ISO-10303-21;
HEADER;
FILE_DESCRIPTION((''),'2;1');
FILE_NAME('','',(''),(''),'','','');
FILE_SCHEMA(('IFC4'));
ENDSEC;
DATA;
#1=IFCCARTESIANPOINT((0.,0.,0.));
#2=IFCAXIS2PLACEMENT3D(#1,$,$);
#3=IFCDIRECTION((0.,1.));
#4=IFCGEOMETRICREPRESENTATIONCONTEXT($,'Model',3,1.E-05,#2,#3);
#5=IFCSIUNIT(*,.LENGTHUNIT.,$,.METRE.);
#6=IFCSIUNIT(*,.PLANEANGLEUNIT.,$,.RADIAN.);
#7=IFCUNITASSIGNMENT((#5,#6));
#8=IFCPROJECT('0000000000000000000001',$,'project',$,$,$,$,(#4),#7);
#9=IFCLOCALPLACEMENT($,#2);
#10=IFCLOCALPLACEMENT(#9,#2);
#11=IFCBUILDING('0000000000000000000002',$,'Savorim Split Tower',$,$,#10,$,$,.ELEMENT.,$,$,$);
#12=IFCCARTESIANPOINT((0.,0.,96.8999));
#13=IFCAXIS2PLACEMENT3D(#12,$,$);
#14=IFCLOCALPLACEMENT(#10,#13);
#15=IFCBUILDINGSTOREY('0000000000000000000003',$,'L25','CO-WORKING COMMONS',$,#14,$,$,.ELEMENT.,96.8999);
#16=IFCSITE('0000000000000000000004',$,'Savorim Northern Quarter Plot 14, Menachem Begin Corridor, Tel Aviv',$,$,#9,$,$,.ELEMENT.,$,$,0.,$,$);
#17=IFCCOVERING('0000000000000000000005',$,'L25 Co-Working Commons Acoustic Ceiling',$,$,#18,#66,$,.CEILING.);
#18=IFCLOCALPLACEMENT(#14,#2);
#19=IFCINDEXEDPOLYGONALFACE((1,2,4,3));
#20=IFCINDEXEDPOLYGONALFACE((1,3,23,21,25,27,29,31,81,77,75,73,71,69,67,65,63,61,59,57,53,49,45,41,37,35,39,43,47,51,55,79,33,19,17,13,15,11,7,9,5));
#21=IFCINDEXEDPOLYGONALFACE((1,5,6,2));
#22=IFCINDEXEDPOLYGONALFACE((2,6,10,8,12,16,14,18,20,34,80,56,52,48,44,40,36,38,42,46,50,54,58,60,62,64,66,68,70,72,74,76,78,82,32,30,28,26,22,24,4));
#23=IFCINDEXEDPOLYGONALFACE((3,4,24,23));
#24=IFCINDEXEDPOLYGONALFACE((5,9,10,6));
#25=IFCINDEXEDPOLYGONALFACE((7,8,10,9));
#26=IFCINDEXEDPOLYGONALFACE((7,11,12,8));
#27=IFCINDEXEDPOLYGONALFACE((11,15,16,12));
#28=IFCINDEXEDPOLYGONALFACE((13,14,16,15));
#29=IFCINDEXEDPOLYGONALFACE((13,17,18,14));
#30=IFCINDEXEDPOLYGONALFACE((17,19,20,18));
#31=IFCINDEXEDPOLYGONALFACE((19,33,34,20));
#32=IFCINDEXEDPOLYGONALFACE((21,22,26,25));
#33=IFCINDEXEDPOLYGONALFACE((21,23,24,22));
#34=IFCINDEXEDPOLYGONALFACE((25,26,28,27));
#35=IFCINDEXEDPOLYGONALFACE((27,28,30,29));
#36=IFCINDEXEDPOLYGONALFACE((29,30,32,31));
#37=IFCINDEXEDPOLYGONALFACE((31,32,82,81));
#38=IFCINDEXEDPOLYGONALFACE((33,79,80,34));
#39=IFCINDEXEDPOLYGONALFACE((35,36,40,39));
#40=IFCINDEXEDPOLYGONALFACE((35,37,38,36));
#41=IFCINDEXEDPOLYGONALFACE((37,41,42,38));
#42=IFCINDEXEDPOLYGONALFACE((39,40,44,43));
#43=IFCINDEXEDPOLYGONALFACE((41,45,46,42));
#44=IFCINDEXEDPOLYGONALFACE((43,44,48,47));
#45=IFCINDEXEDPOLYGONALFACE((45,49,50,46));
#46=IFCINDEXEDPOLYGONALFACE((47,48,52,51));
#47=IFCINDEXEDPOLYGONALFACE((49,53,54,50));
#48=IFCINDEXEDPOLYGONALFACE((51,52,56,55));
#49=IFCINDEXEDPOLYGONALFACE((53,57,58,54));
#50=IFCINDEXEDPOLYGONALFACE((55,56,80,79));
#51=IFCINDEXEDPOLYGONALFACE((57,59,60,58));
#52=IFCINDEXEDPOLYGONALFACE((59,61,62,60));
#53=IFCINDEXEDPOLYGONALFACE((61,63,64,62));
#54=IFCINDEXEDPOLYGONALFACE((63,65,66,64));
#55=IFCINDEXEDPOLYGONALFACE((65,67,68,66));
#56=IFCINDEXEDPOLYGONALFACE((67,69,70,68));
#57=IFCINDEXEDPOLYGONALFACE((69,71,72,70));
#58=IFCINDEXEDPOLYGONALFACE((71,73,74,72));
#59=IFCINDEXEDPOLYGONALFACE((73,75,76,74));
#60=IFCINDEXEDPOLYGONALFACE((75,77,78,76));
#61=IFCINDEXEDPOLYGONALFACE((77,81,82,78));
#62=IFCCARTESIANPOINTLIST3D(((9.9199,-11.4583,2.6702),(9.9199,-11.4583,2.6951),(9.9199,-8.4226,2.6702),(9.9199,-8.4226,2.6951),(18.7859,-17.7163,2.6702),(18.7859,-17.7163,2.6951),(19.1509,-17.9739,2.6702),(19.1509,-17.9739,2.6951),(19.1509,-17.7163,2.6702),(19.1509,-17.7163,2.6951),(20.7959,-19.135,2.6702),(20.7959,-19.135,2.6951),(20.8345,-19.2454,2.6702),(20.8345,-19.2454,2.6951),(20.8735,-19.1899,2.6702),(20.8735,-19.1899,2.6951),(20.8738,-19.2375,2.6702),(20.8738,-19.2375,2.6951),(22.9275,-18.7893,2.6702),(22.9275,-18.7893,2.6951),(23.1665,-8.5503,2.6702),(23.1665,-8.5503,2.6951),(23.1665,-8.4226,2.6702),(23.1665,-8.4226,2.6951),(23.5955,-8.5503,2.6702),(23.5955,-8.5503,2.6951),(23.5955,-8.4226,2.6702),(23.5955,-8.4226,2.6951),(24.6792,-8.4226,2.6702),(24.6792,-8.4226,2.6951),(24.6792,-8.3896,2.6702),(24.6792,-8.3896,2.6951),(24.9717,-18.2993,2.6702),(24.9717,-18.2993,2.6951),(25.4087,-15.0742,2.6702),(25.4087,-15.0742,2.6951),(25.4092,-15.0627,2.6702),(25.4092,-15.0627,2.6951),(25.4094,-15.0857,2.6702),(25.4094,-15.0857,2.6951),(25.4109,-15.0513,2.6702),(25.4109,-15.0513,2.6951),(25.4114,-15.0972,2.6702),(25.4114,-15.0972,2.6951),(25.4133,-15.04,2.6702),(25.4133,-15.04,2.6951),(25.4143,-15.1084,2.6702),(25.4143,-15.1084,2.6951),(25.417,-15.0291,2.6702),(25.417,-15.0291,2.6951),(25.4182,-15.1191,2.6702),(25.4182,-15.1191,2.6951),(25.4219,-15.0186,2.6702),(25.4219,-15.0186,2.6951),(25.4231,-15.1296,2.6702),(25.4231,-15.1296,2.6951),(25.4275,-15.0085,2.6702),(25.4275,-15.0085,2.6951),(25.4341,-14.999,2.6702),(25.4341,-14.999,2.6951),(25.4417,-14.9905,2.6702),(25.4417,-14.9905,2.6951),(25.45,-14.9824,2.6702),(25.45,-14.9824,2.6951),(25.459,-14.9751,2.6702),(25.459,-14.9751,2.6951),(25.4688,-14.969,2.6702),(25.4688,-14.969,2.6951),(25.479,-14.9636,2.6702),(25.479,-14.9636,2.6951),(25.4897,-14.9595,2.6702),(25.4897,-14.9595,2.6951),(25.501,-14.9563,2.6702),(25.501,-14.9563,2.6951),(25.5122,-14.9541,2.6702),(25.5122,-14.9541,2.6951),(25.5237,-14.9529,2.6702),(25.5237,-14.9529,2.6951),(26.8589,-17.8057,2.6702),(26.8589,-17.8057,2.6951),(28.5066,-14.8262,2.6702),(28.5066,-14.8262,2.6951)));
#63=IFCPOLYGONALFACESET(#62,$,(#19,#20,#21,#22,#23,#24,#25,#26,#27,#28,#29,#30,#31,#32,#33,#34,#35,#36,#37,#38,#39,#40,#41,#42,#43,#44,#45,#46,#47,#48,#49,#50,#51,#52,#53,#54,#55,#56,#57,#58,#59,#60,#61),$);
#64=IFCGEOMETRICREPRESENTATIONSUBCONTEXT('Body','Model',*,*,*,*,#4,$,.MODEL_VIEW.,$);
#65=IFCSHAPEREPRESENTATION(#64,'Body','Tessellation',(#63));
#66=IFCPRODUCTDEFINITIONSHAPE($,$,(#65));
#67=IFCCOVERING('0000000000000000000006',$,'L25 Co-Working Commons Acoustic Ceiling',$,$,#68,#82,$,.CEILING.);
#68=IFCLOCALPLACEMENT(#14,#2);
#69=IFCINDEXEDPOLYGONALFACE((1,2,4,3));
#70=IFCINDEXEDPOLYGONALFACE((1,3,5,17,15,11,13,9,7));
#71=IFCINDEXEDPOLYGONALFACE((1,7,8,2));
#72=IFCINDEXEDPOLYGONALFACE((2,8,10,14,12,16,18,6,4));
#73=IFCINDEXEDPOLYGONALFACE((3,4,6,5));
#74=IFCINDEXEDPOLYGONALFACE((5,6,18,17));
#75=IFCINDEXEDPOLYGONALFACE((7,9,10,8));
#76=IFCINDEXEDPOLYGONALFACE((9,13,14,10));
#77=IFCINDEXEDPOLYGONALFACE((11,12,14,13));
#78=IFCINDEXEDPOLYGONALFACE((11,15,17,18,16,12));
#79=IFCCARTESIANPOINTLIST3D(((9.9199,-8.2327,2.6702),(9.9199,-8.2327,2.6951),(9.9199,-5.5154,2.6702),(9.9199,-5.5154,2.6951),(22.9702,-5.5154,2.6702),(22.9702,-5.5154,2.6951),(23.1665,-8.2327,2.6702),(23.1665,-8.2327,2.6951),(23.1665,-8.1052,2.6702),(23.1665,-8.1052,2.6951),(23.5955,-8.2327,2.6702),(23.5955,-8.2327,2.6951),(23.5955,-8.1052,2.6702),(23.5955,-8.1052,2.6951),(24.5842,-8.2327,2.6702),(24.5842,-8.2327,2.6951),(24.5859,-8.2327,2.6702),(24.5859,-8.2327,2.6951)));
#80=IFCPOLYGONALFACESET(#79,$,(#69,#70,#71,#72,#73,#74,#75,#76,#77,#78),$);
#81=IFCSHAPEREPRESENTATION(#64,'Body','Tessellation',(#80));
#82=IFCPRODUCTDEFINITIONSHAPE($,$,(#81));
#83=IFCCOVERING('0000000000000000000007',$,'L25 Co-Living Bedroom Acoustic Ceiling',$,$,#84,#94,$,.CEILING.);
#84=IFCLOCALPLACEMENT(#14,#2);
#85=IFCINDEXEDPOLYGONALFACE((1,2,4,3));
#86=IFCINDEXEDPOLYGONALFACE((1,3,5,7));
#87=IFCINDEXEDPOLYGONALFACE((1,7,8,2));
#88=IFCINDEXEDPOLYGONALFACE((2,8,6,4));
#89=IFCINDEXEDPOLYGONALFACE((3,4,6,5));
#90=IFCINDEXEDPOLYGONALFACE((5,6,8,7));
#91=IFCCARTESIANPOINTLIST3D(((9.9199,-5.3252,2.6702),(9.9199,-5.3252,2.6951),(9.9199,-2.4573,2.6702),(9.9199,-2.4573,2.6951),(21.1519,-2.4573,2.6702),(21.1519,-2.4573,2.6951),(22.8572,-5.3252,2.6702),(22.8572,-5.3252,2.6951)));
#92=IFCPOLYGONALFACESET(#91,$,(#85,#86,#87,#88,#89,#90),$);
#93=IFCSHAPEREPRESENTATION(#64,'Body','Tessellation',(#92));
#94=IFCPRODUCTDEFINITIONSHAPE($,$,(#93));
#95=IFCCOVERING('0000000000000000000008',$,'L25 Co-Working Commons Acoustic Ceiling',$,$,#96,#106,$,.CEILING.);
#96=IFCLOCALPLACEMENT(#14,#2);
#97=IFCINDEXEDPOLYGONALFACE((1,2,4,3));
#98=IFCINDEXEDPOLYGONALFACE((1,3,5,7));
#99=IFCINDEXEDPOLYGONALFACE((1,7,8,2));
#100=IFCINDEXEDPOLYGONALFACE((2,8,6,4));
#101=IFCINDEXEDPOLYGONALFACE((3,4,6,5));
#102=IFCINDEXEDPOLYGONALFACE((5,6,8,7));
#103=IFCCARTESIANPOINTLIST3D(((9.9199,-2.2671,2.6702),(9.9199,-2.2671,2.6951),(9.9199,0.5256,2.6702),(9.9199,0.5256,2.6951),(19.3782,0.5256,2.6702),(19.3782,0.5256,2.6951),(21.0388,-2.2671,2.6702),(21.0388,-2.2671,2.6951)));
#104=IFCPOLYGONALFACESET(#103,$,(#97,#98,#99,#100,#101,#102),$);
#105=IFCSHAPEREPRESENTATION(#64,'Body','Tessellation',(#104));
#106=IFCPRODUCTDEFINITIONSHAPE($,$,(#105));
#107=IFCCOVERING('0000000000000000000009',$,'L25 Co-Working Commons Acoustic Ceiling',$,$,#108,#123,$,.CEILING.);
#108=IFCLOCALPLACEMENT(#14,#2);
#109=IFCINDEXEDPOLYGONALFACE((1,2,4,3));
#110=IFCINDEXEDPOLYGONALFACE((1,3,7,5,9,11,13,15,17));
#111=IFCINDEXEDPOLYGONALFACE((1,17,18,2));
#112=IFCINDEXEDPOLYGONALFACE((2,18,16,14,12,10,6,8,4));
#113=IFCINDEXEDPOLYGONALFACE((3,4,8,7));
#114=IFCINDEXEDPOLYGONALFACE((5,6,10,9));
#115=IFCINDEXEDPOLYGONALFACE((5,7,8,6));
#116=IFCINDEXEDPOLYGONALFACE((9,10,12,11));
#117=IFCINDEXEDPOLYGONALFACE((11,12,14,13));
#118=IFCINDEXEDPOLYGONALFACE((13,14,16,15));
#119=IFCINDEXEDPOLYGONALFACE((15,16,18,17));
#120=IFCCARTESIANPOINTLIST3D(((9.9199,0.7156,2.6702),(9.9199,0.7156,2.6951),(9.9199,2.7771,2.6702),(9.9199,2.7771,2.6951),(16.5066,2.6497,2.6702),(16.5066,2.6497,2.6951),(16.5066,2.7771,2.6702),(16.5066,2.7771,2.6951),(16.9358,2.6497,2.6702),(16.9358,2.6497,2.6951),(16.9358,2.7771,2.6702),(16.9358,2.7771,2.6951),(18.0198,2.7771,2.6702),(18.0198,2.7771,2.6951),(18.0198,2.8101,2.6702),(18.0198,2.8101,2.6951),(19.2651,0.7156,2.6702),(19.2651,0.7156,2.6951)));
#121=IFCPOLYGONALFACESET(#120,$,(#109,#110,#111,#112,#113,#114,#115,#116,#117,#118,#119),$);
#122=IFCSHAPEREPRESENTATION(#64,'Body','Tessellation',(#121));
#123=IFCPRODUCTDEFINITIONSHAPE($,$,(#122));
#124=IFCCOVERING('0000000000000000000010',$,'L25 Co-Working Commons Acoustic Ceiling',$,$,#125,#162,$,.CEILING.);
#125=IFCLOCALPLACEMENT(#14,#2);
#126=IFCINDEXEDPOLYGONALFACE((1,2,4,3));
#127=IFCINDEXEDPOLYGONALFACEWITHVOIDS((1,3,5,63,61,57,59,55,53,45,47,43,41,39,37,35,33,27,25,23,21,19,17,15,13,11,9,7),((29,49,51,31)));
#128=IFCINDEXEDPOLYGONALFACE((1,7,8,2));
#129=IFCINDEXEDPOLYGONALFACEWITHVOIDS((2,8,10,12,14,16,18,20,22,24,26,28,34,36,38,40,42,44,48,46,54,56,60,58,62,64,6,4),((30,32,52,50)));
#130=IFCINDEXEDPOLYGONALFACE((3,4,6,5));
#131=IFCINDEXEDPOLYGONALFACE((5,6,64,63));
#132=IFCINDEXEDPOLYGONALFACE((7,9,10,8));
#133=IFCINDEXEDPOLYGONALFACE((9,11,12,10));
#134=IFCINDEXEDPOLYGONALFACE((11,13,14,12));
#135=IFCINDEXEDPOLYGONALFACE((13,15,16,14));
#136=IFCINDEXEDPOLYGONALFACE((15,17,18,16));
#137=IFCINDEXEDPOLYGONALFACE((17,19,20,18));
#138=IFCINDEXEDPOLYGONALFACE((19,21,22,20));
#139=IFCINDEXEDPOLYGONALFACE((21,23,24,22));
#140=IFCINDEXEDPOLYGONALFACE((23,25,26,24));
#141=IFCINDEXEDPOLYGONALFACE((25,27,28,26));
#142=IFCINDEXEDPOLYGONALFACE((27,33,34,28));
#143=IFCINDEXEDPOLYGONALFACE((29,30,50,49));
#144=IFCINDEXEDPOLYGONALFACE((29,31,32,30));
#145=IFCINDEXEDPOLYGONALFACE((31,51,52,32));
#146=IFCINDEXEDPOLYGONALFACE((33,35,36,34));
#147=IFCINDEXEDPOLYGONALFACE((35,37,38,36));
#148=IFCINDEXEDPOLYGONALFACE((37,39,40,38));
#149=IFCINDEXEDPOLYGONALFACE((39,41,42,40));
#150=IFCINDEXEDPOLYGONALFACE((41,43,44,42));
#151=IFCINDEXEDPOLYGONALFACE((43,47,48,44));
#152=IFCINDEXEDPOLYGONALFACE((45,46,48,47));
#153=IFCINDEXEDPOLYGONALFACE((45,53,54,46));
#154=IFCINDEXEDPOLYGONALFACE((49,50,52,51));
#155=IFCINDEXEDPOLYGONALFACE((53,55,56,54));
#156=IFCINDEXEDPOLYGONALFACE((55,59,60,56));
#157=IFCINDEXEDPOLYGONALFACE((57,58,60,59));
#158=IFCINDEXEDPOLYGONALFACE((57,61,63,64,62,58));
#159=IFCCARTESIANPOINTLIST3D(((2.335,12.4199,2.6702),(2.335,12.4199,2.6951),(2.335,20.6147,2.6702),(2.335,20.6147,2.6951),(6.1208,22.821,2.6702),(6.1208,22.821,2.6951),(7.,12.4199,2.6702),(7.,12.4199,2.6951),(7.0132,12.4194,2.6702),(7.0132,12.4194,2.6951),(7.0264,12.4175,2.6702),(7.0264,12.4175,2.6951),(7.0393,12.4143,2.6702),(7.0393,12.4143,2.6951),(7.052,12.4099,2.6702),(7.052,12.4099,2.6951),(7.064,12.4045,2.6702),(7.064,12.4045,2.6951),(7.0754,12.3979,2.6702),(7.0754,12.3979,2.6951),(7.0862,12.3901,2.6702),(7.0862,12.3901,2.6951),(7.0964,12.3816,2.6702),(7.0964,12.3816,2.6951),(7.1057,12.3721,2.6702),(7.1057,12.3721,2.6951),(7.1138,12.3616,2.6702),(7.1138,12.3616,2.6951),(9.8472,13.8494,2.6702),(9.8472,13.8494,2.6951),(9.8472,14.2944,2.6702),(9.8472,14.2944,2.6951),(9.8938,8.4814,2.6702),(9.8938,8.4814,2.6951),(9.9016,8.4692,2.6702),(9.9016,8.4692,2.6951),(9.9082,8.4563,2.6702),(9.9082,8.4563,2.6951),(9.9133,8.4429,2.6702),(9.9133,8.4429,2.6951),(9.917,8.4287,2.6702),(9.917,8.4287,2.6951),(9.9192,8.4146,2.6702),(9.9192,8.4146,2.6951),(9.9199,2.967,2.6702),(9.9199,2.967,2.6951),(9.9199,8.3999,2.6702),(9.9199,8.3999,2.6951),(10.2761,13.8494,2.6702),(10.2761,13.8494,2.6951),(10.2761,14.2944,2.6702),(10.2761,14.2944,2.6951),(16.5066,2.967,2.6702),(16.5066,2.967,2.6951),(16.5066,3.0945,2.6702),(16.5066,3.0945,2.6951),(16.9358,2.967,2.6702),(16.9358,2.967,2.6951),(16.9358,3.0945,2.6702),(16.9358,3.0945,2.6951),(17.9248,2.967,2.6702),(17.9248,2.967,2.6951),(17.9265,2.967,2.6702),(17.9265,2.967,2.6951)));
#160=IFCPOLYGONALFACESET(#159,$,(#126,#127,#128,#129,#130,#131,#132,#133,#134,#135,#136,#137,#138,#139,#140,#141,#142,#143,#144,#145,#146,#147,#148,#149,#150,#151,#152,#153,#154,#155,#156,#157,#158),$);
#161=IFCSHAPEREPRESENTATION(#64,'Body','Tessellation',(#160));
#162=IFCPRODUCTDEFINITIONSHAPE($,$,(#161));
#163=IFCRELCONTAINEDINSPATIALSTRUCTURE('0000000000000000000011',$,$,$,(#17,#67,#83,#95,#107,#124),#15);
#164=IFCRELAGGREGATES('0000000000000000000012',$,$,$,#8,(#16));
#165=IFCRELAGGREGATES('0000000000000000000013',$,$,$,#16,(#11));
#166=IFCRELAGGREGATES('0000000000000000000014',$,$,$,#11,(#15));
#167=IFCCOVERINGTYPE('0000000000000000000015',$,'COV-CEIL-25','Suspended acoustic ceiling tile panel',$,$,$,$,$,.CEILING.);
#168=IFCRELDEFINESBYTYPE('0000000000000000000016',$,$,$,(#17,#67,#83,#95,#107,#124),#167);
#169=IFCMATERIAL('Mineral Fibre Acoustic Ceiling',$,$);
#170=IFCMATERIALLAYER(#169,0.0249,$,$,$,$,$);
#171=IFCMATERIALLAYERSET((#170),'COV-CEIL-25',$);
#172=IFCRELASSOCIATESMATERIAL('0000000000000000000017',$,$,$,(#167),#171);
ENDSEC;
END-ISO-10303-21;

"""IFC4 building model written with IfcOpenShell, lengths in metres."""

from ifc_helpers import new_model, si_unit, direction, frame, origin, place, context, subcontext, project, spatial, polyline, outline, extrude, material, layer, layer_set, type_object, element, save


model = new_model("IFC4")

# Units and contexts
model_context = context("Model", 3, precision=1e-05, world=origin(), true_north=direction((0.0, 1.0)))
body_context = subcontext(model_context, "Body", "Model", "MODEL_VIEW")
ifc_project = project(units=[si_unit("LENGTHUNIT", "METRE"), si_unit("PLANEANGLEUNIT", "RADIAN")], contexts=[model_context])

# Site, building, storey
site_placement = place(None, origin())
site = spatial("IfcSite", under=ifc_project, at=site_placement, Name="Savorim Northern Quarter Plot 14, Menachem Begin Corridor, Tel Aviv", CompositionType="ELEMENT", RefElevation=0.0)
building_placement = place(site_placement, origin())
building = spatial("IfcBuilding", under=site, at=building_placement, Name="Savorim Split Tower", CompositionType="ELEMENT")
storey_placement = place(building_placement, frame((0.0, 0.0, 96.8999)))
storey = spatial("IfcBuildingStorey", under=building, at=storey_placement, Name="L25", Description="CO-WORKING COMMONS", CompositionType="ELEMENT", Elevation=96.8999)

# Coverings
ifc_material_1 = material(Name="Mineral Fibre Acoustic Ceiling")
ifc_layer_1 = layer(ifc_material_1, 0.0249)
ifc_layer_set_1 = layer_set([ifc_layer_1], Name="COV-CEIL-25")
covering_type_1 = type_object("IfcCoveringType", Name="COV-CEIL-25", Description="Suspended acoustic ceiling tile panel", PredefinedType="CEILING", material=ifc_layer_set_1)
covering_1_placement = place(storey_placement, frame((0.0, 0.0, 2.6702)))
element("IfcCovering", 1, at=covering_1_placement, inside=storey, type_object=covering_type_1, Name="L25 Co-Working Commons Acoustic Ceiling", PredefinedType="CEILING", context=body_context, shape_type="SweptSolid", body=[
    extrude(outline(polyline([(25.501, -14.9563), (25.5122, -14.9541), (25.5237, -14.9529), (28.5066, -14.8262), (24.6792, -8.3896), (24.6792, -8.4226), (23.5955, -8.4226), (23.5955, -8.5503), (23.1665, -8.5503), (23.1665, -8.4226), (9.9199, -8.4226), (9.9199, -11.4583), (18.7859, -17.7163), (19.1509, -17.7163), (19.1509, -17.9739), (20.7959, -19.135), (20.8735, -19.1899), (20.8345, -19.2454), (20.8738, -19.2375), (22.9275, -18.7893), (24.9717, -18.2993), (26.8589, -17.8057), (25.4231, -15.1296), (25.4182, -15.1191), (25.4143, -15.1084), (25.4114, -15.0972), (25.4094, -15.0857), (25.4087, -15.0742), (25.4092, -15.0627), (25.4109, -15.0513), (25.4133, -15.04), (25.417, -15.0291), (25.4219, -15.0186), (25.4275, -15.0085), (25.4341, -14.999), (25.4417, -14.9905), (25.45, -14.9824), (25.459, -14.9751), (25.4688, -14.969), (25.479, -14.9636), (25.4897, -14.9595), (25.501, -14.9563)])), origin(), (0.0, 0.0, 1.0), 0.0249),
])
covering_2_placement = place(storey_placement, frame((0.0, 0.0, 2.6702)))
element("IfcCovering", 2, at=covering_2_placement, inside=storey, type_object=covering_type_1, Name="L25 Co-Working Commons Acoustic Ceiling", PredefinedType="CEILING", context=body_context, shape_type="SweptSolid", body=[
    extrude(outline(polyline([(23.5955, -8.1052), (23.5955, -8.2327), (24.5842, -8.2327), (24.5859, -8.2327), (22.9702, -5.5154), (9.9199, -5.5154), (9.9199, -8.2327), (23.1665, -8.2327), (23.1665, -8.1052), (23.5955, -8.1052)])), origin(), (0.0, 0.0, 1.0), 0.0249),
])
covering_3_placement = place(storey_placement, frame((0.0, 0.0, 2.6702)))
element("IfcCovering", 3, at=covering_3_placement, inside=storey, type_object=covering_type_1, Name="L25 Co-Living Bedroom Acoustic Ceiling", PredefinedType="CEILING", context=body_context, shape_type="SweptSolid", body=[
    extrude(outline(polyline([(22.8572, -5.3252), (21.1519, -2.4573), (9.9199, -2.4573), (9.9199, -5.3252), (22.8572, -5.3252)])), origin(), (0.0, 0.0, 1.0), 0.0249),
])
covering_4_placement = place(storey_placement, frame((0.0, 0.0, 2.6702)))
element("IfcCovering", 4, at=covering_4_placement, inside=storey, type_object=covering_type_1, Name="L25 Co-Working Commons Acoustic Ceiling", PredefinedType="CEILING", context=body_context, shape_type="SweptSolid", body=[
    extrude(outline(polyline([(21.0388, -2.2671), (19.3782, 0.5256), (9.9199, 0.5256), (9.9199, -2.2671), (21.0388, -2.2671)])), origin(), (0.0, 0.0, 1.0), 0.0249),
])
covering_5_placement = place(storey_placement, frame((0.0, 0.0, 2.6702)))
element("IfcCovering", 5, at=covering_5_placement, inside=storey, type_object=covering_type_1, Name="L25 Co-Working Commons Acoustic Ceiling", PredefinedType="CEILING", context=body_context, shape_type="SweptSolid", body=[
    extrude(outline(polyline([(16.5066, 2.6497), (16.5066, 2.7771), (9.9199, 2.7771), (9.9199, 0.7156), (19.2651, 0.7156), (18.0198, 2.8101), (18.0198, 2.7771), (16.9358, 2.7771), (16.9358, 2.6497), (16.5066, 2.6497)])), origin(), (0.0, 0.0, 1.0), 0.0249),
])
covering_6_placement = place(storey_placement, frame((0.0, 0.0, 2.6702)))
element("IfcCovering", 6, at=covering_6_placement, inside=storey, type_object=covering_type_1, Name="L25 Co-Working Commons Acoustic Ceiling", PredefinedType="CEILING", context=body_context, shape_type="SweptSolid", body=[
    extrude(outline(polyline([(17.9248, 2.967), (17.9265, 2.967), (6.1208, 22.821), (2.335, 20.6147), (2.335, 12.4199), (7.0, 12.4199), (7.0132, 12.4194), (7.0264, 12.4175), (7.0393, 12.4143), (7.052, 12.4099), (7.064, 12.4045), (7.0754, 12.3979), (7.0862, 12.3901), (7.0964, 12.3816), (7.1057, 12.3721), (7.1138, 12.3616), (9.8938, 8.4814), (9.9016, 8.4692), (9.9082, 8.4563), (9.9133, 8.4429), (9.917, 8.4287), (9.9192, 8.4146), (9.9199, 8.3999), (9.9199, 2.967), (16.5066, 2.967), (16.5066, 3.0945), (16.9358, 3.0945), (16.9358, 2.967), (17.9248, 2.967)]), holes=[polyline([(10.2761, 14.2944), (9.8472, 14.2944), (9.8472, 13.8494), (10.2761, 13.8494), (10.2761, 14.2944)])]), origin(), (0.0, 0.0, 1.0), 0.0249),
])

save(model, "model.ifc")
